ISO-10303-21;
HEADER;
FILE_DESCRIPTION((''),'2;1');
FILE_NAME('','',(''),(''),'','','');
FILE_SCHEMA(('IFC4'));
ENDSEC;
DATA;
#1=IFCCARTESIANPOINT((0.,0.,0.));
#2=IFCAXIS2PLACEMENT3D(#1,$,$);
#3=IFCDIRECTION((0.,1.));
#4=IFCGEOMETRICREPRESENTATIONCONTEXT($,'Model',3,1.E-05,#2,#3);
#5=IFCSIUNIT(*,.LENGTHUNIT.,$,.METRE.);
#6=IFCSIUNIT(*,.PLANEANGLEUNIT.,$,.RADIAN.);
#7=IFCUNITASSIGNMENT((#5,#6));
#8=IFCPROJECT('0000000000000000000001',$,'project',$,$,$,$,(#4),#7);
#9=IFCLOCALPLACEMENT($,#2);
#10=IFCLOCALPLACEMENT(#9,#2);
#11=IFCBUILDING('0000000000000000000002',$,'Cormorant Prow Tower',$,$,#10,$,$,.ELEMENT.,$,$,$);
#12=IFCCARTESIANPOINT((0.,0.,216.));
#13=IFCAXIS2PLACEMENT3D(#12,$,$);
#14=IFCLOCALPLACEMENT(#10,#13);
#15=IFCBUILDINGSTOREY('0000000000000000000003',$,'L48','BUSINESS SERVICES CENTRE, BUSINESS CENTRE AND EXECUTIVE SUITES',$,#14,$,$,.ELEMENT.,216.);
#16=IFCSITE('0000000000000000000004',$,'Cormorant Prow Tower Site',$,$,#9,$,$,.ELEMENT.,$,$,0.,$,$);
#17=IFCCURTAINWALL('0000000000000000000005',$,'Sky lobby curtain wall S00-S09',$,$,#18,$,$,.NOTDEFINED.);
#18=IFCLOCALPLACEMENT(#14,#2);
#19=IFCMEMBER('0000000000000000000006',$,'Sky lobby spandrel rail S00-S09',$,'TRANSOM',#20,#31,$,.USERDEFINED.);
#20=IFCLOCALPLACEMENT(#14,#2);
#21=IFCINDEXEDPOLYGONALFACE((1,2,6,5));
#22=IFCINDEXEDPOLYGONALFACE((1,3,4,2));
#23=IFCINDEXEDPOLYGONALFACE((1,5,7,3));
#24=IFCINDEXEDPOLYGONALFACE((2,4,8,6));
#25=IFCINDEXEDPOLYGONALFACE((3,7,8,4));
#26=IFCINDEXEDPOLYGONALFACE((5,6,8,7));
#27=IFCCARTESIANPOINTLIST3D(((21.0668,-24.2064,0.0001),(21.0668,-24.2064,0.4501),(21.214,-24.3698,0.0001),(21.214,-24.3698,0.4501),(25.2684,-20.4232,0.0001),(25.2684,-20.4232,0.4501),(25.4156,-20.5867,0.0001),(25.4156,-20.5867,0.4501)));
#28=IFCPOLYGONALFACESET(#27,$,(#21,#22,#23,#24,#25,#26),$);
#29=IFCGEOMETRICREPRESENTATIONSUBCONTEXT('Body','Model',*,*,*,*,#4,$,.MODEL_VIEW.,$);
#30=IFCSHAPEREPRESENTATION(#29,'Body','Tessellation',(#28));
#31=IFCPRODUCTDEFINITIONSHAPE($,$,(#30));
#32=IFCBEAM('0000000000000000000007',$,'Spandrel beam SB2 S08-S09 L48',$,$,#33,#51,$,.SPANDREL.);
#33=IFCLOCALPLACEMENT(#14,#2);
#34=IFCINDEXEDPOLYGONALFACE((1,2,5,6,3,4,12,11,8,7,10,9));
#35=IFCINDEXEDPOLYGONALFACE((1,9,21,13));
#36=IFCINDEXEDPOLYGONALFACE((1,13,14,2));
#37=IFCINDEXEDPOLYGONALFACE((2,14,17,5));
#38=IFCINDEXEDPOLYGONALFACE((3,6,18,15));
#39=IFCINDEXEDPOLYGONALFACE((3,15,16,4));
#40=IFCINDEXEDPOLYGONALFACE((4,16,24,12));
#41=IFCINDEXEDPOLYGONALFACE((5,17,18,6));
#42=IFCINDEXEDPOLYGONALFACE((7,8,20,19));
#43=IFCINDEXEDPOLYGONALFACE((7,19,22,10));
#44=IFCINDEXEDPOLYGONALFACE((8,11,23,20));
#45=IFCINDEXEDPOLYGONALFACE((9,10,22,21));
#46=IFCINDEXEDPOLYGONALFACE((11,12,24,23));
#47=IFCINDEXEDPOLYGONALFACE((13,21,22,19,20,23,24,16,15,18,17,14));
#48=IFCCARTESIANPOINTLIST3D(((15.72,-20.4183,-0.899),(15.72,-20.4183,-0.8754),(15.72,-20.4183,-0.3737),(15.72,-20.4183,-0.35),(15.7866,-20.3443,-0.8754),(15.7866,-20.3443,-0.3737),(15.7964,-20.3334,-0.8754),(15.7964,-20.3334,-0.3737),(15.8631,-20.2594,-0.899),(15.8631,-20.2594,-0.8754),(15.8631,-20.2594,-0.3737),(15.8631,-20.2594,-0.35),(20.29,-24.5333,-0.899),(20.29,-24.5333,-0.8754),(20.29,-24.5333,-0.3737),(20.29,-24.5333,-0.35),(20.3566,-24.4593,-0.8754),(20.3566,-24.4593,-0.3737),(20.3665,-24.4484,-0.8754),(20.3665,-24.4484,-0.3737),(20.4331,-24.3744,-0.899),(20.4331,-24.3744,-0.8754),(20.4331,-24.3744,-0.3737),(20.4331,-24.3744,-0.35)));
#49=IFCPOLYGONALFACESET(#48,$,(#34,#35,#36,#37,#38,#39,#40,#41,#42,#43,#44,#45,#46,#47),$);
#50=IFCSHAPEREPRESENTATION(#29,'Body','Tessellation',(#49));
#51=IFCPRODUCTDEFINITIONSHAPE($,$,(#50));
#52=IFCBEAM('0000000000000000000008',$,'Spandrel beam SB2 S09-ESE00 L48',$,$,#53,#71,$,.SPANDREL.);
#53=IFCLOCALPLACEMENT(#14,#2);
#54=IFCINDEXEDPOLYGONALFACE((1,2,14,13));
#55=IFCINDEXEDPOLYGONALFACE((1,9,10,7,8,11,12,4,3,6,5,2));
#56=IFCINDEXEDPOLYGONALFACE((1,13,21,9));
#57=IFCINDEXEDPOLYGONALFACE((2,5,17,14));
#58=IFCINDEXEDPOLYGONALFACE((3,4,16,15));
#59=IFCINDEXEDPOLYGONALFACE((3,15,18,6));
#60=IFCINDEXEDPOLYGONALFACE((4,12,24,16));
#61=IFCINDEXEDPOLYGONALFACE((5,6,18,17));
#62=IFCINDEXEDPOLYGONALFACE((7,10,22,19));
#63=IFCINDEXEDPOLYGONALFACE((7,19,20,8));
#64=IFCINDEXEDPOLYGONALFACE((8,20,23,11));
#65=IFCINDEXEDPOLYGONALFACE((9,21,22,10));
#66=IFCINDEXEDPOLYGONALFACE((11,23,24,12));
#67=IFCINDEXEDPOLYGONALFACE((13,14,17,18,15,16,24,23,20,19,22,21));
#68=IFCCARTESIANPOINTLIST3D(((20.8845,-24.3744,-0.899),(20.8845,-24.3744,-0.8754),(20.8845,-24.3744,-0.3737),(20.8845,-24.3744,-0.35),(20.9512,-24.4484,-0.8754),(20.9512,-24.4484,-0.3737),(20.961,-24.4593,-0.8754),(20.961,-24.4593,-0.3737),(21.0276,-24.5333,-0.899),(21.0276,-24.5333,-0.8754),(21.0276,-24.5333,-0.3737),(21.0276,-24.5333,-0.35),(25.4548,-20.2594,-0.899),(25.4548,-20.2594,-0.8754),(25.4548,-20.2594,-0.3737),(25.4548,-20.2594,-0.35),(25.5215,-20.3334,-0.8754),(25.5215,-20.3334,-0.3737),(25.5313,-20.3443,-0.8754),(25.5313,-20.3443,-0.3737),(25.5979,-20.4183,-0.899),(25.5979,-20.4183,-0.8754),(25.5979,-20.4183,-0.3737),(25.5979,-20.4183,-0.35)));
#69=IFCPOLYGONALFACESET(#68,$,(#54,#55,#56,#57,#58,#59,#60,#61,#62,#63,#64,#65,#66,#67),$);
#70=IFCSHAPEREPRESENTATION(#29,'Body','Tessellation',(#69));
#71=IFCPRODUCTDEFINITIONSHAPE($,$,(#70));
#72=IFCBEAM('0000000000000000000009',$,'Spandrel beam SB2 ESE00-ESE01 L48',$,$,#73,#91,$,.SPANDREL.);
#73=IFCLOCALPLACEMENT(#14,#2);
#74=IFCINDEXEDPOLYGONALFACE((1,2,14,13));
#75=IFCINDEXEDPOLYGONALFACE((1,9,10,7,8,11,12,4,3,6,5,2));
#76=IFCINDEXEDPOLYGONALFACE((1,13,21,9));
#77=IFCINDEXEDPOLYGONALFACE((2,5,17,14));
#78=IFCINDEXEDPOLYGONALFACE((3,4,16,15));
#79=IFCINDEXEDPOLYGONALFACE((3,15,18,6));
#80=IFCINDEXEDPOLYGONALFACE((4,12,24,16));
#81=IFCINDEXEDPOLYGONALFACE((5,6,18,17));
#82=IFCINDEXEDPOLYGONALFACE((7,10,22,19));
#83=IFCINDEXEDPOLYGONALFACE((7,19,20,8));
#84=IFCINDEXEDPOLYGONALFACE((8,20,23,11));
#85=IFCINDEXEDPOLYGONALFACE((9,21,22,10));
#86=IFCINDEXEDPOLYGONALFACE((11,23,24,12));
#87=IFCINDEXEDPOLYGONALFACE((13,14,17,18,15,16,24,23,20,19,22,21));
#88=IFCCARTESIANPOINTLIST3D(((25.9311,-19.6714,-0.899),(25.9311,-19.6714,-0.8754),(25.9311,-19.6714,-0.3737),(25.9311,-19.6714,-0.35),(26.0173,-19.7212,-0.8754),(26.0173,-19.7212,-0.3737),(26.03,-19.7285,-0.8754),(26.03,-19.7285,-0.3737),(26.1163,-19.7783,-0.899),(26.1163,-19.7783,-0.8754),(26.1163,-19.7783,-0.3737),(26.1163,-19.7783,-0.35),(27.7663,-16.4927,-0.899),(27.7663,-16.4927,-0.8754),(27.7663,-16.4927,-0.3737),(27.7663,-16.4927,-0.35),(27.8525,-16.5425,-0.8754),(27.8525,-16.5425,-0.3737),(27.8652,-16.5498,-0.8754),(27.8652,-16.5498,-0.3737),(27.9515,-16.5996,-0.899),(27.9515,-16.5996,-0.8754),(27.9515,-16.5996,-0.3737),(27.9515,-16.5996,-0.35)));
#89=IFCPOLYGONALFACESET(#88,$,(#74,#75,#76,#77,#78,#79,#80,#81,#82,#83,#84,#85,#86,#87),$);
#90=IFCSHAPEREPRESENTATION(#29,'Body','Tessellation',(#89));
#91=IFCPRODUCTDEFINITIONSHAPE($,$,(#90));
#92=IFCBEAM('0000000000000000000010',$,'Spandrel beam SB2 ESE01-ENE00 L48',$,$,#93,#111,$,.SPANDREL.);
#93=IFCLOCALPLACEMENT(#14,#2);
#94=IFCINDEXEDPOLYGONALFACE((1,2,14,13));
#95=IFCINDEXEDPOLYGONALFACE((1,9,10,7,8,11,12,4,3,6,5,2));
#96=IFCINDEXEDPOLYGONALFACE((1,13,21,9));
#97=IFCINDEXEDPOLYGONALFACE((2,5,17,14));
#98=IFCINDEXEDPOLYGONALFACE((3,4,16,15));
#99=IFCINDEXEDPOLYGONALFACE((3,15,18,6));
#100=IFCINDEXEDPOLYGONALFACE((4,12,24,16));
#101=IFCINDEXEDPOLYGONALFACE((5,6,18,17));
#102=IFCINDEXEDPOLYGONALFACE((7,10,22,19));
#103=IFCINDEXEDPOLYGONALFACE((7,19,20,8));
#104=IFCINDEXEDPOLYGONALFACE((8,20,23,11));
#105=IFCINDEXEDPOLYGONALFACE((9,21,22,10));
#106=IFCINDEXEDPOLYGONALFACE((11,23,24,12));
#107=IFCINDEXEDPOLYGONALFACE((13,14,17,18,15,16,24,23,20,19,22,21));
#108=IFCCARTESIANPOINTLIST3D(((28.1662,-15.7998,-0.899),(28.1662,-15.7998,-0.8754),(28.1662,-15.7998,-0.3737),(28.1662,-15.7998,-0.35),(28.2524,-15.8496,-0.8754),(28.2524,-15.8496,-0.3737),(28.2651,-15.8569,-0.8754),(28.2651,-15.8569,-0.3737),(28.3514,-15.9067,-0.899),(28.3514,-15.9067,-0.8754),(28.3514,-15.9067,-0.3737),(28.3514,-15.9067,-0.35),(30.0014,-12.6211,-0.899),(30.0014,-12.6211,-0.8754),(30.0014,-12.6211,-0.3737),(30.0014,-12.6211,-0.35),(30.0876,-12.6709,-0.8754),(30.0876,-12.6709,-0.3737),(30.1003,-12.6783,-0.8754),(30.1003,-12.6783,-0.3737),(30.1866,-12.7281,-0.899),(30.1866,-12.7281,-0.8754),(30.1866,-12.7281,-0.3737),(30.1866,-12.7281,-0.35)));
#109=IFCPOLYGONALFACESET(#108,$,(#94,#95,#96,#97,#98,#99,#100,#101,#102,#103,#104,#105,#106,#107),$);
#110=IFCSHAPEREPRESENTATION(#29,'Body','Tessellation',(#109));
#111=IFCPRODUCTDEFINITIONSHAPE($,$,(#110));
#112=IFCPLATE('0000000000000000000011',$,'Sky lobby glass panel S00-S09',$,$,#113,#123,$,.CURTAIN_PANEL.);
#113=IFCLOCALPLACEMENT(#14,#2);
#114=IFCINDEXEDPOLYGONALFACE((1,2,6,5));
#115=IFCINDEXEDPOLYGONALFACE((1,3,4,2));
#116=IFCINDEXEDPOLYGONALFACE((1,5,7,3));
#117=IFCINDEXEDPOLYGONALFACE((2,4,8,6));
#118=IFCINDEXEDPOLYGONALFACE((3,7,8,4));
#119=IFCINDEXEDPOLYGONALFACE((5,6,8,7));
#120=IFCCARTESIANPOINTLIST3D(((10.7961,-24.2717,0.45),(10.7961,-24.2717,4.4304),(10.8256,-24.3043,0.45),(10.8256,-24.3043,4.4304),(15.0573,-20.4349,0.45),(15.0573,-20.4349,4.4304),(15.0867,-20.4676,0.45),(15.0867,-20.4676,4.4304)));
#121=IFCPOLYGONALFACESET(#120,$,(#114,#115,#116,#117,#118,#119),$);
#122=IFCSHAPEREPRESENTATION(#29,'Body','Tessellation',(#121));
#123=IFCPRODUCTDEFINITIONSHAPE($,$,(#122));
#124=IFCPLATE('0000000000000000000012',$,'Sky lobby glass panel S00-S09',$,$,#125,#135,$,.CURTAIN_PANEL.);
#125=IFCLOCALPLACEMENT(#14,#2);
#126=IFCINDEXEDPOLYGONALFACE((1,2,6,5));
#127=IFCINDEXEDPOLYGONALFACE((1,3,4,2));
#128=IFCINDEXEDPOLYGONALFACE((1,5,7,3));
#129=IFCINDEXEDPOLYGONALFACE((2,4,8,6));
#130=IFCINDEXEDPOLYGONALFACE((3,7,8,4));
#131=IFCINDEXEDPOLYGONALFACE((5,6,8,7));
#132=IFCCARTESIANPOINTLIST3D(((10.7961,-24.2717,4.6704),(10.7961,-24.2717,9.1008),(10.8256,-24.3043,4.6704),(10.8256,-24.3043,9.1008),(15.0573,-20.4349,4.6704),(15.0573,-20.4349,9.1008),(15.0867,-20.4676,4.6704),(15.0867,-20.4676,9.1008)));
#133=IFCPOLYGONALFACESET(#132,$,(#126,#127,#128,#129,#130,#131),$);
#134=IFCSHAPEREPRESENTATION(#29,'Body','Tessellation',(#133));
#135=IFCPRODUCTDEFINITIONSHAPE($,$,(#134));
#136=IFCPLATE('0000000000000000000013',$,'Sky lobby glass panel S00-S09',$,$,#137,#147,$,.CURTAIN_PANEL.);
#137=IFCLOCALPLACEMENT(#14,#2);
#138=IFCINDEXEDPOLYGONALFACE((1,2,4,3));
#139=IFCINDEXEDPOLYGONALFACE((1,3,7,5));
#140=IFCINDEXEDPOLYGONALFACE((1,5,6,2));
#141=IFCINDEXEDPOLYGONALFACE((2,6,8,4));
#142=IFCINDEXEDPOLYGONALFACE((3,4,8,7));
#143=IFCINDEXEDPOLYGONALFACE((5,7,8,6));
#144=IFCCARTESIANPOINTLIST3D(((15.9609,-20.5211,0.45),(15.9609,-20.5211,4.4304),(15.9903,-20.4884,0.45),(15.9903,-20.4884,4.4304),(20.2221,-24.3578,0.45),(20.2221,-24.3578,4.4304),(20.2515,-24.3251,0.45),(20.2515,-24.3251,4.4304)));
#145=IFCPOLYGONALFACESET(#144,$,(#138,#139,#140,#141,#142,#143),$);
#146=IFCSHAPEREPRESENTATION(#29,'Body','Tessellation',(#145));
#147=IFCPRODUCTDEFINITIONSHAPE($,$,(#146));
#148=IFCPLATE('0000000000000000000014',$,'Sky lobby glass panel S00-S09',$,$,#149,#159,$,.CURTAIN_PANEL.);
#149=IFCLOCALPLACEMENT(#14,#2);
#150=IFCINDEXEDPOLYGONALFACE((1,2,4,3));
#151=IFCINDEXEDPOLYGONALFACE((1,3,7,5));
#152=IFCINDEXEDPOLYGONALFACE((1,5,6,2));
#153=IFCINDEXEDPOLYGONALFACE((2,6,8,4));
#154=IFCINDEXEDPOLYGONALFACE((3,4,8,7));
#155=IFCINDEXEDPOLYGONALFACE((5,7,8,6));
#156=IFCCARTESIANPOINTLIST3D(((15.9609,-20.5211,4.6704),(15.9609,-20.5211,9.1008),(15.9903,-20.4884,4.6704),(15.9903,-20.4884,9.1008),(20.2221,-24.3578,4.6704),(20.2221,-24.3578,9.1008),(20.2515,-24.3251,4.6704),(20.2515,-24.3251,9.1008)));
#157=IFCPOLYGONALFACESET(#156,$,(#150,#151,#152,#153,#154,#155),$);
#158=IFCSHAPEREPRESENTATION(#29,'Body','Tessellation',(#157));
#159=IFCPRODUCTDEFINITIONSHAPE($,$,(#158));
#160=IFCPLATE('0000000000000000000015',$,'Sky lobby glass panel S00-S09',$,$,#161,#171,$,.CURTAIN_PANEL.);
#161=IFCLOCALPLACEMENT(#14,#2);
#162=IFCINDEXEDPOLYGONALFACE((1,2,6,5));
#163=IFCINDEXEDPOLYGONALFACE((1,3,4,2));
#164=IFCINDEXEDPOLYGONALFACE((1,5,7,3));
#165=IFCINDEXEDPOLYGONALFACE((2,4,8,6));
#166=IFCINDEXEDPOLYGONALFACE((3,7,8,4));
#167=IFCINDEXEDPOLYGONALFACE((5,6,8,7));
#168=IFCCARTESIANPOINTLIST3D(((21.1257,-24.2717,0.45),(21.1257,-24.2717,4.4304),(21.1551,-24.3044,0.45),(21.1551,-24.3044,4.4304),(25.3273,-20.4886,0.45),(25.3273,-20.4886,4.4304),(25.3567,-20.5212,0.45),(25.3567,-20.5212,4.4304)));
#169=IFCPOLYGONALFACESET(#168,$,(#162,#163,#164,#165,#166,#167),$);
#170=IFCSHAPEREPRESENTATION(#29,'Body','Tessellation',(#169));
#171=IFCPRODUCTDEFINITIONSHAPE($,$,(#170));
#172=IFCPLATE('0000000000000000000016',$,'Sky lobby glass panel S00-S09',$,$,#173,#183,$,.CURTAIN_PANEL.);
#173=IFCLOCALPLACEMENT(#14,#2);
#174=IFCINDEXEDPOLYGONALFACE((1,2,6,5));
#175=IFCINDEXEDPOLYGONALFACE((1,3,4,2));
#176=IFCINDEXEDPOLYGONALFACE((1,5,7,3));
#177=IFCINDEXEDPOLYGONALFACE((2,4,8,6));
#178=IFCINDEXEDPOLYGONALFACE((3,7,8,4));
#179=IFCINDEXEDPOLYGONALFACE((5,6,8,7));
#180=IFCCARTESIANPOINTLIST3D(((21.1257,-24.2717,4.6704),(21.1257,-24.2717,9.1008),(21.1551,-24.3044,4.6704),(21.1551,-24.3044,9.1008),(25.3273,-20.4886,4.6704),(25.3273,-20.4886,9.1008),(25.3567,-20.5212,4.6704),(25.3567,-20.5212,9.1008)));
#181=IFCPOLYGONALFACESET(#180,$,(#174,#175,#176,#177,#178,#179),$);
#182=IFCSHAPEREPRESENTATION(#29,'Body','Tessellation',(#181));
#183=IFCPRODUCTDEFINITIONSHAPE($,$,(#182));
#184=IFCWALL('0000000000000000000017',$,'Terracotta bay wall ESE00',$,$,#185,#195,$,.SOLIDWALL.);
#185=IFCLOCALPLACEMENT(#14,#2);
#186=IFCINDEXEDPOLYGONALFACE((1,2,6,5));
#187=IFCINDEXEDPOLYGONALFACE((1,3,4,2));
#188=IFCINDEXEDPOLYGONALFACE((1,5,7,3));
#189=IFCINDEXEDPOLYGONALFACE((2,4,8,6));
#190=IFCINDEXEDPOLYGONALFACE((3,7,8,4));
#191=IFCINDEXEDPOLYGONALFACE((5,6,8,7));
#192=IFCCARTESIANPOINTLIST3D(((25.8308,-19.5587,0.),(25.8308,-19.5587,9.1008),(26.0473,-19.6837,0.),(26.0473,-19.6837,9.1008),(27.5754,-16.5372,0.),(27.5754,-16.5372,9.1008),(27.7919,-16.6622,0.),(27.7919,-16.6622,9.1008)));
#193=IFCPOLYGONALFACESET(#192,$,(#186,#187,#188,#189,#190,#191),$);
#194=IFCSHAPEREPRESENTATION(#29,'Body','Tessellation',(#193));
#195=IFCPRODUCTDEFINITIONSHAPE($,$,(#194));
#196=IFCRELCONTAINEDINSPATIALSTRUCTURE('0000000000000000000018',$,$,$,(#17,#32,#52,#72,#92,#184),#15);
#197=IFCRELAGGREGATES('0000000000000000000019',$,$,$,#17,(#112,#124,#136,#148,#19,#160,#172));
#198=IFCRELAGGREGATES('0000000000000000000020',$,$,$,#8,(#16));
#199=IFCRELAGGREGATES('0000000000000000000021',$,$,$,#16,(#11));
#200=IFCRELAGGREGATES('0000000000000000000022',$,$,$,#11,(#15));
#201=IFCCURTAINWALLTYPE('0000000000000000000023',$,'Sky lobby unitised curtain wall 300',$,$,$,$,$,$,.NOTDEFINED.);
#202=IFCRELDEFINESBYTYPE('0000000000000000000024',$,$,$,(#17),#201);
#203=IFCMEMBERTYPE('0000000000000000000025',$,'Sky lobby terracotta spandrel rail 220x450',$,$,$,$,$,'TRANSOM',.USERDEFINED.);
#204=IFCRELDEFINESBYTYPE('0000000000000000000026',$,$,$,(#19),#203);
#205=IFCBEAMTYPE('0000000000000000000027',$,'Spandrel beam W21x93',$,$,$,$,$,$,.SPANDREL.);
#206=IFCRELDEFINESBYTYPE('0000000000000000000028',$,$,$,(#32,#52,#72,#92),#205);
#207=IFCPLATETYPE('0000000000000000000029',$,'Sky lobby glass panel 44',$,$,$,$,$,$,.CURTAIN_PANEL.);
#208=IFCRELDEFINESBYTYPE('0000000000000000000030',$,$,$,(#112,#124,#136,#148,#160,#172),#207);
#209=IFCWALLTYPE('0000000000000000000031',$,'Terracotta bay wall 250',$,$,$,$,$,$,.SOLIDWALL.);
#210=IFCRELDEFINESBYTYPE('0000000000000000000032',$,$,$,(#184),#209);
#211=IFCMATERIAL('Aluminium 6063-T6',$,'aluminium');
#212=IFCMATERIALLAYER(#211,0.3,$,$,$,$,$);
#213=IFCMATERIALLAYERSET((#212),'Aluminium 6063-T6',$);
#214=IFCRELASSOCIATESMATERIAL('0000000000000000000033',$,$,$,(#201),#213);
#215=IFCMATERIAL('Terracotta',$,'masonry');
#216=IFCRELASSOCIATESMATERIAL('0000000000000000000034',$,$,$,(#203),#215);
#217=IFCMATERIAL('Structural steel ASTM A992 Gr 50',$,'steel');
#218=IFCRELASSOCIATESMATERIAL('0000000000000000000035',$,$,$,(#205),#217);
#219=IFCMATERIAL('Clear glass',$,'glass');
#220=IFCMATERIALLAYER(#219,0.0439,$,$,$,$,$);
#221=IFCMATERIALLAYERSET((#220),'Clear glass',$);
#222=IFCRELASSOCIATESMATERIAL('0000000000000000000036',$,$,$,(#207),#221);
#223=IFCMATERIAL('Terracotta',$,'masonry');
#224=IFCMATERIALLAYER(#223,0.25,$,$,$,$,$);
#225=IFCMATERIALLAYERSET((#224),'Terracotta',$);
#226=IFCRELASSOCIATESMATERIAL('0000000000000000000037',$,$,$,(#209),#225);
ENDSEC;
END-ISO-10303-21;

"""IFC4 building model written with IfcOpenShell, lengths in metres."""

from ifc_helpers import new_model, si_unit, direction, frame, frame_2d, origin, origin_2d, place, context, subcontext, project, spatial, rectangle, i_section, extrude, material, layer, layer_set, material_profile, profile_set, type_object, element, aggregate, save


model = new_model("IFC4")

# Units and contexts
model_context = context("Model", 3, precision=1e-05, world=origin(), true_north=direction((0.0, 1.0)))
body_context = subcontext(model_context, "Body", "Model", "MODEL_VIEW")
ifc_project = project(units=[si_unit("LENGTHUNIT", "METRE"), si_unit("PLANEANGLEUNIT", "RADIAN")], contexts=[model_context])

# Site, building, storey
site_placement = place(None, origin())
site = spatial("IfcSite", under=ifc_project, at=site_placement, Name="Cormorant Prow Tower Site", CompositionType="ELEMENT", RefElevation=0.0)
building_placement = place(site_placement, origin())
building = spatial("IfcBuilding", under=site, at=building_placement, Name="Cormorant Prow Tower", CompositionType="ELEMENT")
storey_placement = place(building_placement, frame((0.0, 0.0, 216.0)))
storey = spatial("IfcBuildingStorey", under=building, at=storey_placement, Name="L48", Description="BUSINESS SERVICES CENTRE, BUSINESS CENTRE AND EXECUTIVE SUITES", CompositionType="ELEMENT", Elevation=216.0)

# Curtain wall, member
ifc_material_1 = material(Name="Aluminium 6063-T6", Category="aluminium")
ifc_layer_1 = layer(ifc_material_1, 0.3)
ifc_layer_set_1 = layer_set([ifc_layer_1], Name="Aluminium 6063-T6")
curtain_wall_type = type_object("IfcCurtainWallType", Name="Sky lobby unitised curtain wall 300", PredefinedType="NOTDEFINED", material=ifc_layer_set_1)
curtain_wall_placement = place(storey_placement, origin())
curtain_wall = element("IfcCurtainWall", 1, at=curtain_wall_placement, inside=storey, type_object=curtain_wall_type, Name="Sky lobby curtain wall S00-S09", PredefinedType="NOTDEFINED")
ifc_material_2 = material(Name="Terracotta", Category="masonry")
ifc_material_profile_1 = material_profile(ifc_material_2, rectangle(XDim=0.22, YDim=0.45, at=origin_2d()), Name="Sky lobby terracotta spandrel rail 220x450")
ifc_profile_set_1 = profile_set([ifc_material_profile_1], Name="Terracotta")
member_type_1 = type_object("IfcMemberType", Name="Sky lobby terracotta spandrel rail 220x450", ElementType="TRANSOM", PredefinedType="USERDEFINED", material=ifc_profile_set_1)
member_1_placement = place(storey_placement, frame((21.1404, -24.2881, 0.2251), z_axis=(0.743144, 0.669132, 0.0), x_axis=(-0.669132, 0.743144, 0.0)))
member_1 = element("IfcMember", 2, at=member_1_placement, type_object=member_type_1, Name="Sky lobby spandrel rail S00-S09", ObjectType="TRANSOM", PredefinedType="USERDEFINED", context=body_context, shape_type="SweptSolid", body=[
    extrude(rectangle(XDim=0.22, YDim=0.45, at=origin_2d()), origin(), (0.0, 0.0, 1.0), 5.6538),
])

# Beams
ifc_material_3 = material(Name="Structural steel ASTM A992 Gr 50", Category="steel")
ifc_material_profile_2 = material_profile(ifc_material_3, i_section(OverallWidth=0.2139, OverallDepth=0.5491, WebThickness=0.0146, FlangeThickness=0.0237, at=origin_2d()), Name="W21x93")
ifc_profile_set_2 = profile_set([ifc_material_profile_2], Name="Structural steel ASTM A992 Gr 50")
beam_type = type_object("IfcBeamType", Name="Spandrel beam W21x93", PredefinedType="SPANDREL", material=ifc_profile_set_2)
beam_1_placement = place(storey_placement, frame((15.7915, -20.3389, -0.6245), z_axis=(0.743138, -0.669138, 0.0), x_axis=(0.669138, 0.743138, 0.0)))
element("IfcBeam", 3, at=beam_1_placement, inside=storey, type_object=beam_type, Name="Spandrel beam SB2 S08-S09 L48", PredefinedType="SPANDREL", context=body_context, shape_type="SweptSolid", body=[
    extrude(i_section(OverallWidth=0.2139, OverallDepth=0.5491, WebThickness=0.0146, FlangeThickness=0.0237, at=origin_2d()), origin(), (0.0, 0.0, 1.0), 6.1497),
])
beam_2_placement = place(storey_placement, frame((20.9561, -24.4539, -0.6245), z_axis=(0.743156, 0.669118, 0.0), x_axis=(-0.669118, 0.743156, 0.0)))
element("IfcBeam", 4, at=beam_2_placement, inside=storey, type_object=beam_type, Name="Spandrel beam SB2 S09-ESE00 L48", PredefinedType="SPANDREL", context=body_context, shape_type="SweptSolid", body=[
    extrude(i_section(OverallWidth=0.2139, OverallDepth=0.5491, WebThickness=0.0146, FlangeThickness=0.0237, at=origin_2d()), origin(), (0.0, 0.0, 1.0), 6.1499),
])
for number, where, z_axis, x_axis, name in (
    (5, (26.0237, -19.7249, -0.6245), (0.499995, 0.866028, 0.0), (-0.866028, 0.499995, 0.0), "Spandrel beam SB2 ESE00-ESE01 L48"),
    (6, (28.2588, -15.8533, -0.6245), (0.499995, 0.866028, 0.0), (-0.866028, 0.499995, 0.0), "Spandrel beam SB2 ESE01-ENE00 L48"),
):
    element("IfcBeam", number, at=place(storey_placement, frame(where, z_axis=z_axis, x_axis=x_axis)), inside=storey, type_object=beam_type, Name=name, PredefinedType="SPANDREL", context=body_context, shape_type="SweptSolid", body=[
        extrude(i_section(OverallWidth=0.2139, OverallDepth=0.5491, WebThickness=0.0146, FlangeThickness=0.0237, at=origin_2d()), origin(), (0.0, 0.0, 1.0), 3.6704),
    ])

# Plates
ifc_material_4 = material(Name="Clear glass", Category="glass")
ifc_layer_2 = layer(ifc_material_4, 0.0439)
ifc_layer_set_2 = layer_set([ifc_layer_2], Name="Clear glass")
plate_type = type_object("IfcPlateType", Name="Sky lobby glass panel 44", PredefinedType="CURTAIN_PANEL", material=ifc_layer_set_2)
plate_1_placement = place(storey_placement, frame((12.9414, -22.3696, 0.45), z_axis=(0.0, 0.0, 1.0), x_axis=(0.743145, 0.669131, 0.0)))
plate_1 = element("IfcPlate", 7, at=plate_1_placement, type_object=plate_type, Name="Sky lobby glass panel S00-S09", PredefinedType="CURTAIN_PANEL", context=body_context, shape_type="SweptSolid", body=[
    extrude(rectangle(XDim=5.7339, YDim=0.0439, at=origin_2d()), origin(), (0.0, 0.0, 1.0), 3.9805),
])
plate_2_placement = place(storey_placement, frame((12.9414, -22.3696, 4.6704), z_axis=(0.0, 0.0, 1.0), x_axis=(0.743145, 0.669131, 0.0)))
plate_2 = element("IfcPlate", 8, at=plate_2_placement, type_object=plate_type, Name="Sky lobby glass panel S00-S09", PredefinedType="CURTAIN_PANEL", context=body_context, shape_type="SweptSolid", body=[
    extrude(rectangle(XDim=5.7339, YDim=0.0439, at=origin_2d()), origin(), (0.0, 0.0, 1.0), 4.4304),
])
plate_3_placement = place(storey_placement, frame((18.1062, -22.4231, 0.45), z_axis=(0.0, 0.0, 1.0), x_axis=(0.743145, -0.669131, 0.0)))
plate_3 = element("IfcPlate", 9, at=plate_3_placement, type_object=plate_type, Name="Sky lobby glass panel S00-S09", PredefinedType="CURTAIN_PANEL", context=body_context, shape_type="SweptSolid", body=[
    extrude(rectangle(XDim=5.7339, YDim=0.0439, at=origin_2d()), origin(), (0.0, 0.0, 1.0), 3.9805),
])
plate_4_placement = place(storey_placement, frame((18.1062, -22.4231, 4.6704), z_axis=(0.0, 0.0, 1.0), x_axis=(0.743145, -0.669131, 0.0)))
plate_4 = element("IfcPlate", 10, at=plate_4_placement, type_object=plate_type, Name="Sky lobby glass panel S00-S09", PredefinedType="CURTAIN_PANEL", context=body_context, shape_type="SweptSolid", body=[
    extrude(rectangle(XDim=5.7339, YDim=0.0439, at=origin_2d()), origin(), (0.0, 0.0, 1.0), 4.4304),
])
plate_5_placement = place(storey_placement, frame((23.2412, -22.3965, 0.45), z_axis=(0.0, 0.0, 1.0), x_axis=(0.743145, 0.669131, 0.0)))
plate_5 = element("IfcPlate", 11, at=plate_5_placement, type_object=plate_type, Name="Sky lobby glass panel S00-S09", PredefinedType="CURTAIN_PANEL", context=body_context, shape_type="SweptSolid", body=[
    extrude(rectangle(XDim=5.6538, YDim=0.0439, at=origin_2d()), origin(), (0.0, 0.0, 1.0), 3.9805),
])
plate_6_placement = place(storey_placement, frame((23.2412, -22.3965, 4.6704), z_axis=(0.0, 0.0, 1.0), x_axis=(0.743145, 0.669131, 0.0)))
plate_6 = element("IfcPlate", 12, at=plate_6_placement, type_object=plate_type, Name="Sky lobby glass panel S00-S09", PredefinedType="CURTAIN_PANEL", context=body_context, shape_type="SweptSolid", body=[
    extrude(rectangle(XDim=5.6538, YDim=0.0439, at=origin_2d()), origin(), (0.0, 0.0, 1.0), 4.4304),
])
aggregate(curtain_wall, [plate_1, plate_2, plate_3, plate_4, member_1, plate_5, plate_6])

# Wall
ifc_material_5 = material(Name="Terracotta", Category="masonry")
ifc_layer_3 = layer(ifc_material_5, 0.25)
ifc_layer_set_3 = layer_set([ifc_layer_3], Name="Terracotta")
wall_type = type_object("IfcWallType", Name="Terracotta bay wall 250", PredefinedType="SOLIDWALL", material=ifc_layer_set_3)
wall_1_placement = place(storey_placement, frame((25.939, -19.6213, 0.0), z_axis=(0.0, 0.0, 1.0), x_axis=(0.500037, 0.866004, 0.0)))
element("IfcWall", 13, at=wall_1_placement, inside=storey, type_object=wall_type, Name="Terracotta bay wall ESE00", PredefinedType="SOLIDWALL", context=body_context, shape_type="SweptSolid", body=[
    extrude(rectangle(XDim=3.489, YDim=0.25, at=frame_2d((1.7446, 0.0))), origin(), (0.0, 0.0, 1.0), 9.1008),
])

save(model, "model.ifc")
